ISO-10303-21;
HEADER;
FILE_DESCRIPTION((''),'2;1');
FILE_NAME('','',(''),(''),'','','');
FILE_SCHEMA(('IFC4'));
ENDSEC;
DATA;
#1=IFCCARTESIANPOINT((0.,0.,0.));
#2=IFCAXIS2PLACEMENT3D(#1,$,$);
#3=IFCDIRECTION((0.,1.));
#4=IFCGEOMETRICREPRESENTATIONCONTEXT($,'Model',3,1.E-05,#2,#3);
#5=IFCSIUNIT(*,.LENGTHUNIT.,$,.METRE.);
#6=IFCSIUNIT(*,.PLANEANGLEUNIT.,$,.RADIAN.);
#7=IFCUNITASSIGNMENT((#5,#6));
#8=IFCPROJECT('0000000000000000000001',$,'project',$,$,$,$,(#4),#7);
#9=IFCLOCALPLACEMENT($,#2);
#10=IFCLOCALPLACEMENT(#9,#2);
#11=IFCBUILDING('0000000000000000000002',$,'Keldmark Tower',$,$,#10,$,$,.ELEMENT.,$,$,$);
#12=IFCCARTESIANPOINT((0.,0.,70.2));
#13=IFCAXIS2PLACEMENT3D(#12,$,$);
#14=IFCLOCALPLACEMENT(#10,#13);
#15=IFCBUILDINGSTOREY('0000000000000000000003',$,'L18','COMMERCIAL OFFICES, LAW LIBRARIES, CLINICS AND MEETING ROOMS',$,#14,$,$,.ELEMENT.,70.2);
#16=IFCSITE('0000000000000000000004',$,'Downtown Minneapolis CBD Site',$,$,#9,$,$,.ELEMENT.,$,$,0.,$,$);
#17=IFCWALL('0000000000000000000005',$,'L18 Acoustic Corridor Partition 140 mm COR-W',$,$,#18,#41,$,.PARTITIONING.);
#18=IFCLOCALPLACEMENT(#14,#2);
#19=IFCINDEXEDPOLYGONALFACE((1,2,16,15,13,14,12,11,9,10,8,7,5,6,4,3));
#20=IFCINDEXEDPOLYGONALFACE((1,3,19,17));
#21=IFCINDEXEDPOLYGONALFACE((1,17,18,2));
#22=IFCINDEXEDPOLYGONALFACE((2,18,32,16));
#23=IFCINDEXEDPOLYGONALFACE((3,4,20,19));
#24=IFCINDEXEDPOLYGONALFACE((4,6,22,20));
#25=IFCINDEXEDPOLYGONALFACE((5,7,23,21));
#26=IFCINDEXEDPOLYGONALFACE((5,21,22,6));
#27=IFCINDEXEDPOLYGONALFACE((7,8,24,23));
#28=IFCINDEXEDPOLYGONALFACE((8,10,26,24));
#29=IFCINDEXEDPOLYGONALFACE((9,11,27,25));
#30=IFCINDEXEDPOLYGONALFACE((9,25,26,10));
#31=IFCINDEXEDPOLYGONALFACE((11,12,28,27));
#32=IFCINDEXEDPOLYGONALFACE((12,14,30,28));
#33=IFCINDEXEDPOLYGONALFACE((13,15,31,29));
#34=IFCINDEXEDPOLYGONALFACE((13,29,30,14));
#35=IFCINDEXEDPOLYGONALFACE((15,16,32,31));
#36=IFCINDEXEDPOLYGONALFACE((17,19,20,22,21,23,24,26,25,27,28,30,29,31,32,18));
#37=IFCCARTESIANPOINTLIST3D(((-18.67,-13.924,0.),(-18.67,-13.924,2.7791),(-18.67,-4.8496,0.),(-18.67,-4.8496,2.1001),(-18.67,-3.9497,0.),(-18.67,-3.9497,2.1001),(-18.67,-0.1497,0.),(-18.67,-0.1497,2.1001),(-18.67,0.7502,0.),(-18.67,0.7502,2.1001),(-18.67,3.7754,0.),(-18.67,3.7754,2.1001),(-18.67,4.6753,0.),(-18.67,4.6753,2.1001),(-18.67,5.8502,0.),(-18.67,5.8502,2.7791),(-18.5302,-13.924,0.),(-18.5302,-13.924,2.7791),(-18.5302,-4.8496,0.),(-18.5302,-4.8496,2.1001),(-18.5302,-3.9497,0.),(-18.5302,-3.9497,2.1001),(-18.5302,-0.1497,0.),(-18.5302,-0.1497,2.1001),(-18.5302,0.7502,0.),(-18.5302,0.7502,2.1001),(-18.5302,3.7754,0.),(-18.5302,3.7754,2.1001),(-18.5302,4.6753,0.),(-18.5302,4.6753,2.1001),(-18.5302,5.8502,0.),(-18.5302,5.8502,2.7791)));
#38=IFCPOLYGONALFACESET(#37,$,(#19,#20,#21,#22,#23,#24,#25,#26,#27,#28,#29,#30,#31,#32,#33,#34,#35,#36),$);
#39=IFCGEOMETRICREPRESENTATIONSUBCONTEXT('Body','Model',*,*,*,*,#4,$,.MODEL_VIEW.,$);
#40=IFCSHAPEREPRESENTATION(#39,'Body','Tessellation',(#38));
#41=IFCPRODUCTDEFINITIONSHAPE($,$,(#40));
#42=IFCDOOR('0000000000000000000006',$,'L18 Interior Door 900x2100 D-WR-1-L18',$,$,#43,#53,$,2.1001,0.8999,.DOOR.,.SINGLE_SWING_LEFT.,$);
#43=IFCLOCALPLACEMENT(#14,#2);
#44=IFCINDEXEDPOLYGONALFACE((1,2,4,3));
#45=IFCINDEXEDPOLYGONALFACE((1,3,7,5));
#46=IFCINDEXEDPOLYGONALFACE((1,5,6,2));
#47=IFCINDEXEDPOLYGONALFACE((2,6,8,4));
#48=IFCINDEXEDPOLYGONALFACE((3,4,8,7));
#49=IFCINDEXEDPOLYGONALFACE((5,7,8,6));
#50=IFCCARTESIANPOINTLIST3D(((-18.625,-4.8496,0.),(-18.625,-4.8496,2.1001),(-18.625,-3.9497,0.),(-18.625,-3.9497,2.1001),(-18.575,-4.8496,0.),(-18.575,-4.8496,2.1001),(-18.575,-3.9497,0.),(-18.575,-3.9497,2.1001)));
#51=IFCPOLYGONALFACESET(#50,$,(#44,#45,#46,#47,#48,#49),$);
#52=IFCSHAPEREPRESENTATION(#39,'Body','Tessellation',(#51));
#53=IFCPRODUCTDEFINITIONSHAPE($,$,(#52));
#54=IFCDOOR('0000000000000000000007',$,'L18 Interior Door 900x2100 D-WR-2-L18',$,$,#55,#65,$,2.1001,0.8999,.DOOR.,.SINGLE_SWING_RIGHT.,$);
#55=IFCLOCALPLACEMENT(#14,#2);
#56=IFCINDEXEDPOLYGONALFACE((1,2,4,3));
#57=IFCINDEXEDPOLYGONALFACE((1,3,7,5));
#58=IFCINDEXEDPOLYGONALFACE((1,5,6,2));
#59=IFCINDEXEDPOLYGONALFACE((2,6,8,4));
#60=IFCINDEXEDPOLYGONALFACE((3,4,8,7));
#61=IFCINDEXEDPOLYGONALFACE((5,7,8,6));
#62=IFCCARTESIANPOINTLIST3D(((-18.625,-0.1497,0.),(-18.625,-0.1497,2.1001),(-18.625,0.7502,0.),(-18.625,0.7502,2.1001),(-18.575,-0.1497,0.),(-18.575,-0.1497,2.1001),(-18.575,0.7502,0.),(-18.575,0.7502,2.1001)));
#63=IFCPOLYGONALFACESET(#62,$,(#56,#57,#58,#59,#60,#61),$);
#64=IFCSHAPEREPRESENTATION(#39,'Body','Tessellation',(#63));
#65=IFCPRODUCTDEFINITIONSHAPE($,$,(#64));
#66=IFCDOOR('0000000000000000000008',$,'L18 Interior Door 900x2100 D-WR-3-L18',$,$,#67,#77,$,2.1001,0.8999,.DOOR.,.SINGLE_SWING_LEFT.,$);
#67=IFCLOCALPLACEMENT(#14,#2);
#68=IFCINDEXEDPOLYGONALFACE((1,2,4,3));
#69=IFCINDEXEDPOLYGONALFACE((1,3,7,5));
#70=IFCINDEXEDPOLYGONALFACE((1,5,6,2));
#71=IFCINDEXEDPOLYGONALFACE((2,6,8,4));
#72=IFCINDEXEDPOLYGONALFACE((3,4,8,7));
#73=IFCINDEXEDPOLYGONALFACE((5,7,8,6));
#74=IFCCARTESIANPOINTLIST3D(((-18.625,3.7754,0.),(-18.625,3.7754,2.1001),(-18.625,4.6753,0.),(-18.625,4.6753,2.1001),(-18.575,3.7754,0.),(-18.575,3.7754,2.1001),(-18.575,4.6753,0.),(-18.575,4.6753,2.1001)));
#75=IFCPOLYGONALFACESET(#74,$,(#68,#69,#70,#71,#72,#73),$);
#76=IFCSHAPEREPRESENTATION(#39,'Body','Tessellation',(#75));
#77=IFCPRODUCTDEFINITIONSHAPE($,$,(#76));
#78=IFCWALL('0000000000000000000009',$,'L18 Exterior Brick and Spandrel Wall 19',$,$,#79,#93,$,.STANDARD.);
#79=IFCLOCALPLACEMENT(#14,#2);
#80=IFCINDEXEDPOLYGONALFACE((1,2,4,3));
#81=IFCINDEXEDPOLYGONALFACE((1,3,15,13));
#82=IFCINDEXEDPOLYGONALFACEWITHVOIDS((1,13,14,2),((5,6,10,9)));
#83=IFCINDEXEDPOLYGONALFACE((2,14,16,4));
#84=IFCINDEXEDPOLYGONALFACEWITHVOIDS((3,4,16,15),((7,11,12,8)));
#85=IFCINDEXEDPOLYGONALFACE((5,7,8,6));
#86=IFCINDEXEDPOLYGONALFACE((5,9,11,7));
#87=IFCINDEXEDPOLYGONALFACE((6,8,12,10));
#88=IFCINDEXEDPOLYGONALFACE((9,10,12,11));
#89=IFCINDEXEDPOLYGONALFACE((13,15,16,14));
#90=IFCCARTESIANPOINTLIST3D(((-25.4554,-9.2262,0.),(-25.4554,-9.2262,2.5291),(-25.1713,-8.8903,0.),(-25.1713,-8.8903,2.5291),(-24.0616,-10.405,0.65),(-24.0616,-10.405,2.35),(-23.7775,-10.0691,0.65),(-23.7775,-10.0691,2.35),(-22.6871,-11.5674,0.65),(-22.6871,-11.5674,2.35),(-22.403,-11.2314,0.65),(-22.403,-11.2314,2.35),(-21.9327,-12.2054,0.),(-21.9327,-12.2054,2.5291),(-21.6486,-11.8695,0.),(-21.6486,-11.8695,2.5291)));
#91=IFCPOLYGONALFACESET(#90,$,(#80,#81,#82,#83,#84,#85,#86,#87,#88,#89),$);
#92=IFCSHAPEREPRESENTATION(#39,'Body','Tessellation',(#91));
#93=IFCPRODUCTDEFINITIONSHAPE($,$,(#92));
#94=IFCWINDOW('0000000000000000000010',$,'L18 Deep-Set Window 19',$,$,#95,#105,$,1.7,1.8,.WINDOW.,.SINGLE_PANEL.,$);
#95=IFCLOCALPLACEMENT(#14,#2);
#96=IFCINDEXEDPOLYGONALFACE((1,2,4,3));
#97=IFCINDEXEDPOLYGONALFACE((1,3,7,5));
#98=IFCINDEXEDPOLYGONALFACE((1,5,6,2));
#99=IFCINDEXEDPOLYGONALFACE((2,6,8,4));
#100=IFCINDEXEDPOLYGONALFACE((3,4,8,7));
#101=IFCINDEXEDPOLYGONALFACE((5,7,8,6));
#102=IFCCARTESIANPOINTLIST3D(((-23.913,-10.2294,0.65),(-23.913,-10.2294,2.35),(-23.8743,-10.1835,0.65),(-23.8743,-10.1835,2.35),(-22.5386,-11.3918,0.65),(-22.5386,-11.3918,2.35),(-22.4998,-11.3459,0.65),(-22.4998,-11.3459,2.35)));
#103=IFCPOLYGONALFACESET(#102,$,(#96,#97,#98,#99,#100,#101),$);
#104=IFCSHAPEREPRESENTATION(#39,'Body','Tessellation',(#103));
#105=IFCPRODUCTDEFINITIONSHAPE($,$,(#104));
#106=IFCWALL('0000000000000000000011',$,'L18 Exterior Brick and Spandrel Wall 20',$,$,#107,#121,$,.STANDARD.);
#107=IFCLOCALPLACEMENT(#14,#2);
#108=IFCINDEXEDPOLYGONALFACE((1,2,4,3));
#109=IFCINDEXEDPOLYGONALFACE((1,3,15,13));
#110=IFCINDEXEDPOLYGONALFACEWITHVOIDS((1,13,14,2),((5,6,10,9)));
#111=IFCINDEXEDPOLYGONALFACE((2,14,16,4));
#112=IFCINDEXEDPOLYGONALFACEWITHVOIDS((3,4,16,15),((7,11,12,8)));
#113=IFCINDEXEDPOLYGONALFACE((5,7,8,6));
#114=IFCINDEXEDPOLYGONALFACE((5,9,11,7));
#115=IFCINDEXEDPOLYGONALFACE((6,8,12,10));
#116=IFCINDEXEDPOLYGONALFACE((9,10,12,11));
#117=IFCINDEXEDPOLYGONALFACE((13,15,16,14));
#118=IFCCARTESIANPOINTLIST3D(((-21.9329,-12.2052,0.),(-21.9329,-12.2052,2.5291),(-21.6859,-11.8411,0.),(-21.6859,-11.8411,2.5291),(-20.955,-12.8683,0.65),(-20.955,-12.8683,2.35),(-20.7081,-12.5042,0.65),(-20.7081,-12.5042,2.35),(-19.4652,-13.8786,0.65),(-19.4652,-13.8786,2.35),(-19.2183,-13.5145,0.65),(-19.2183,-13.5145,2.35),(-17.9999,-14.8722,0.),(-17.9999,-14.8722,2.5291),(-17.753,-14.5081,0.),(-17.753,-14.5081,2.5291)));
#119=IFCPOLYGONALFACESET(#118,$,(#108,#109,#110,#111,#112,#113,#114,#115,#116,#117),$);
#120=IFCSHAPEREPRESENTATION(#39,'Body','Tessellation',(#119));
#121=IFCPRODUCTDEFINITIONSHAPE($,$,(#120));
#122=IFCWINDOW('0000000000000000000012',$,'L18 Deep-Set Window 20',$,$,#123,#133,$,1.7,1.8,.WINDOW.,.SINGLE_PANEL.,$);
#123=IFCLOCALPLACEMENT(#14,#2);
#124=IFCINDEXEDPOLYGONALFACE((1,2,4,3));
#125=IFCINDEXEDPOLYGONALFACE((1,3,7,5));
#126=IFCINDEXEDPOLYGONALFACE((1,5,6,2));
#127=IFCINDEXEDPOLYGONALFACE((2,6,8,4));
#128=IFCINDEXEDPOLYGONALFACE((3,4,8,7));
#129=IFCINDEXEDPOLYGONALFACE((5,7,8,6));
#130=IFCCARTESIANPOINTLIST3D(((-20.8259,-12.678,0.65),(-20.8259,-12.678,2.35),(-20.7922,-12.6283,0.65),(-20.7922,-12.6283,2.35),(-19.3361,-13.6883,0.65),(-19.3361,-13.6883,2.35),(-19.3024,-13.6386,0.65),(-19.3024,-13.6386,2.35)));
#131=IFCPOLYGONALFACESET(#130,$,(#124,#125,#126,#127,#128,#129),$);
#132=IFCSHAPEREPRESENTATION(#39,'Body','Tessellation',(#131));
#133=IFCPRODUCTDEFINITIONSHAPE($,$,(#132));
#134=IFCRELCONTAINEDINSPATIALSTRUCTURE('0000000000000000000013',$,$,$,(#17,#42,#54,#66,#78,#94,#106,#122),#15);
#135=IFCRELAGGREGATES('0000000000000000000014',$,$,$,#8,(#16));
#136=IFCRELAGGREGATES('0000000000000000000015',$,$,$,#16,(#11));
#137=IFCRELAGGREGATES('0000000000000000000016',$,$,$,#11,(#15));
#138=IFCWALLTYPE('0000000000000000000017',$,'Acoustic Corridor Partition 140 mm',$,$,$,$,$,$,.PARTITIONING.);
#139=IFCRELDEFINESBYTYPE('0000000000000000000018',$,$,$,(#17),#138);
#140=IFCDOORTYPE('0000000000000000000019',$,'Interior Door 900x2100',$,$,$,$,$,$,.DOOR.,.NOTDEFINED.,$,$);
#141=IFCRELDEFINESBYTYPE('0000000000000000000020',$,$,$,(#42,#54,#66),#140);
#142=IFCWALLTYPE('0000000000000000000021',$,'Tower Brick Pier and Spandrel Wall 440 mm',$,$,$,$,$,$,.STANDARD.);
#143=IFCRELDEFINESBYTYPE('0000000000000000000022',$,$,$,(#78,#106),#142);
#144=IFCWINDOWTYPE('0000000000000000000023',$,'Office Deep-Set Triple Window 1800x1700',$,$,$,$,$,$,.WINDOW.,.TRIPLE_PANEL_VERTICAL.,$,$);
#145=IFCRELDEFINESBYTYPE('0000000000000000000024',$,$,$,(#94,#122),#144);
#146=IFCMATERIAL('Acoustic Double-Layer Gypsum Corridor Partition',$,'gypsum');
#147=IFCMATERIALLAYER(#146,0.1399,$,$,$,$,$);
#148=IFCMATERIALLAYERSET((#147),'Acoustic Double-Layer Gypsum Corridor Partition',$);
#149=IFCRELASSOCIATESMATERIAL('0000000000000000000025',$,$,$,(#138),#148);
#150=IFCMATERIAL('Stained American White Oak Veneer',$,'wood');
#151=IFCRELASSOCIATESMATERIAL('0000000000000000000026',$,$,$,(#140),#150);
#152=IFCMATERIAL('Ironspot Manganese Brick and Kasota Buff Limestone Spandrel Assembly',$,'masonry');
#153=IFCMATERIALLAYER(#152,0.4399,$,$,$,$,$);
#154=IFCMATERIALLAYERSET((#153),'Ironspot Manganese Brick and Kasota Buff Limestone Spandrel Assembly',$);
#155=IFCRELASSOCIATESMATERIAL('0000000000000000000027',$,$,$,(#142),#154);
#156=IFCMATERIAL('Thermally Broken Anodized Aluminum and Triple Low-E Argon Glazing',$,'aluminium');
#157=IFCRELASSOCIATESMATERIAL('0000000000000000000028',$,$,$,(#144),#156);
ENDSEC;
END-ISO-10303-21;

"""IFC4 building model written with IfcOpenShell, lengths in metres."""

from ifc_helpers import new_model, si_unit, direction, frame, frame_2d, origin, place, context, subcontext, project, spatial, rectangle, extrude, material, layer, layer_set, type_object, element, fill, save


model = new_model("IFC4")

# Units and contexts
model_context = context("Model", 3, precision=1e-05, world=origin(), true_north=direction((0.0, 1.0)))
body_context = subcontext(model_context, "Body", "Model", "MODEL_VIEW")
ifc_project = project(units=[si_unit("LENGTHUNIT", "METRE"), si_unit("PLANEANGLEUNIT", "RADIAN")], contexts=[model_context])

# Site, building, storey
site_placement = place(None, origin())
site = spatial("IfcSite", under=ifc_project, at=site_placement, Name="Downtown Minneapolis CBD Site", CompositionType="ELEMENT", RefElevation=0.0)
building_placement = place(site_placement, origin())
building = spatial("IfcBuilding", under=site, at=building_placement, Name="Keldmark Tower", CompositionType="ELEMENT")
storey_placement = place(building_placement, frame((0.0, 0.0, 70.2)))
storey = spatial("IfcBuildingStorey", under=building, at=storey_placement, Name="L18", Description="COMMERCIAL OFFICES, LAW LIBRARIES, CLINICS AND MEETING ROOMS", CompositionType="ELEMENT", Elevation=70.2)

# Wall, openings, doors
ifc_material_1 = material(Name="Acoustic Double-Layer Gypsum Corridor Partition", Category="gypsum")
ifc_layer_1 = layer(ifc_material_1, 0.1399)
ifc_layer_set_1 = layer_set([ifc_layer_1], Name="Acoustic Double-Layer Gypsum Corridor Partition")
wall_type_1 = type_object("IfcWallType", Name="Acoustic Corridor Partition 140 mm", PredefinedType="PARTITIONING", material=ifc_layer_set_1)
ifc_material_2 = material(Name="Stained American White Oak Veneer", Category="wood")
door_type_1 = type_object("IfcDoorType", Name="Interior Door 900x2100", OperationType="NOTDEFINED", PredefinedType="DOOR", material=ifc_material_2)
wall_1_placement = place(storey_placement, frame((-18.6001, -13.9241, 0.0), z_axis=(0.0, 0.0, 1.0), x_axis=(0.0, 1.0, 0.0)))
wall_1 = element("IfcWall", 1, at=wall_1_placement, inside=storey, type_object=wall_type_1, Name="L18 Acoustic Corridor Partition 140 mm COR-W", PredefinedType="PARTITIONING", context=body_context, shape_type="SweptSolid", body=[
    extrude(rectangle(XDim=19.7742, YDim=0.1399, at=frame_2d((9.8872, 0.0))), origin(), (0.0, 0.0, 1.0), 2.7791),
])
opening_1_placement = place(wall_1_placement, frame((9.0745, 0.0, 0.0)))
opening_1 = element("IfcOpeningElement", 2, at=opening_1_placement, cuts=wall_1, PredefinedType="OPENING", context=body_context, shape_type="SweptSolid", body=[
    extrude(rectangle(XDim=0.8999, YDim=2.1001, at=frame_2d((0.45, 1.05))), frame((0.0, 0.0798, 0.0), z_axis=(0.0, -1.0, 0.0), x_axis=(1.0, 0.0, 0.0)), (0.0, 0.0, 1.0), 0.1599),
])
opening_2_placement = place(wall_1_placement, frame((13.7744, 0.0, 0.0)))
opening_2 = element("IfcOpeningElement", 3, at=opening_2_placement, cuts=wall_1, PredefinedType="OPENING", context=body_context, shape_type="SweptSolid", body=[
    extrude(rectangle(XDim=0.8999, YDim=2.1001, at=frame_2d((0.45, 1.05))), frame((0.0, 0.0798, 0.0), z_axis=(0.0, -1.0, 0.0), x_axis=(1.0, 0.0, 0.0)), (0.0, 0.0, 1.0), 0.1599),
])
opening_3_placement = place(wall_1_placement, frame((17.6995, 0.0, 0.0)))
opening_3 = element("IfcOpeningElement", 4, at=opening_3_placement, cuts=wall_1, PredefinedType="OPENING", context=body_context, shape_type="SweptSolid", body=[
    extrude(rectangle(XDim=0.8999, YDim=2.1001, at=frame_2d((0.45, 1.05))), frame((0.0, 0.0798, 0.0), z_axis=(0.0, -1.0, 0.0), x_axis=(1.0, 0.0, 0.0)), (0.0, 0.0, 1.0), 0.1599),
])
door_1_placement = place(opening_1_placement, origin())
door_1 = element("IfcDoor", 5, at=door_1_placement, inside=storey, type_object=door_type_1, Name="L18 Interior Door 900x2100 D-WR-1-L18", OperationType="SINGLE_SWING_LEFT", OverallHeight=2.1001, OverallWidth=0.8999, PredefinedType="DOOR", context=body_context, shape_type="SweptSolid", body=[
    extrude(rectangle(XDim=0.8999, YDim=2.1001, at=frame_2d((0.45, 1.05))), frame((0.0, 0.0249, 0.0), z_axis=(0.0, -1.0, 0.0), x_axis=(1.0, 0.0, 0.0)), (0.0, 0.0, 1.0), 0.05),
])
fill(opening_1, door_1)
door_2_placement = place(opening_2_placement, origin())
door_2 = element("IfcDoor", 6, at=door_2_placement, inside=storey, type_object=door_type_1, Name="L18 Interior Door 900x2100 D-WR-2-L18", OperationType="SINGLE_SWING_RIGHT", OverallHeight=2.1001, OverallWidth=0.8999, PredefinedType="DOOR", context=body_context, shape_type="SweptSolid", body=[
    extrude(rectangle(XDim=0.8999, YDim=2.1001, at=frame_2d((0.45, 1.05))), frame((0.0, 0.0249, 0.0), z_axis=(0.0, -1.0, 0.0), x_axis=(1.0, 0.0, 0.0)), (0.0, 0.0, 1.0), 0.05),
])
fill(opening_2, door_2)
door_3_placement = place(opening_3_placement, origin())
door_3 = element("IfcDoor", 7, at=door_3_placement, inside=storey, type_object=door_type_1, Name="L18 Interior Door 900x2100 D-WR-3-L18", OperationType="SINGLE_SWING_LEFT", OverallHeight=2.1001, OverallWidth=0.8999, PredefinedType="DOOR", context=body_context, shape_type="SweptSolid", body=[
    extrude(rectangle(XDim=0.8999, YDim=2.1001, at=frame_2d((0.45, 1.05))), frame((0.0, 0.0249, 0.0), z_axis=(0.0, -1.0, 0.0), x_axis=(1.0, 0.0, 0.0)), (0.0, 0.0, 1.0), 0.05),
])
fill(opening_3, door_3)

# Walls, openings, windows
ifc_material_3 = material(Name="Ironspot Manganese Brick and Kasota Buff Limestone Spandrel Assembly", Category="masonry")
ifc_layer_2 = layer(ifc_material_3, 0.4399)
ifc_layer_set_2 = layer_set([ifc_layer_2], Name="Ironspot Manganese Brick and Kasota Buff Limestone Spandrel Assembly")
wall_type_2 = type_object("IfcWallType", Name="Tower Brick Pier and Spandrel Wall 440 mm", PredefinedType="STANDARD", material=ifc_layer_set_2)
wall_2_placement = place(storey_placement, frame((-21.7908, -12.0374, 0.0), z_axis=(0.0, 0.0, 1.0), x_axis=(-0.763547, 0.645752, 0.0)))
wall_2 = element("IfcWall", 8, at=wall_2_placement, inside=storey, type_object=wall_type_2, Name="L18 Exterior Brick and Spandrel Wall 19", PredefinedType="STANDARD", context=body_context, shape_type="SweptSolid", body=[
    extrude(rectangle(XDim=4.6135, YDim=0.4399, at=frame_2d((2.3066, 0.0))), origin(), (0.0, 0.0, 1.0), 2.5291),
])
opening_4_placement = place(wall_2_placement, frame((0.988, 0.0, 0.6499)))
opening_4 = element("IfcOpeningElement", 9, at=opening_4_placement, cuts=wall_2, PredefinedType="OPENING", context=body_context, shape_type="SweptSolid", body=[
    extrude(rectangle(XDim=1.8, YDim=1.7, at=frame_2d((0.8999, 0.8501))), frame((0.0, 0.23, 0.0), z_axis=(0.0, -1.0, 0.0), x_axis=(1.0, 0.0, 0.0)), (0.0, 0.0, 1.0), 0.46),
])
ifc_material_4 = material(Name="Thermally Broken Anodized Aluminum and Triple Low-E Argon Glazing", Category="aluminium")
window_type = type_object("IfcWindowType", Name="Office Deep-Set Triple Window 1800x1700", PartitioningType="TRIPLE_PANEL_VERTICAL", PredefinedType="WINDOW", material=ifc_material_4)
window_1_placement = place(opening_4_placement, origin())
window_1 = element("IfcWindow", 10, at=window_1_placement, inside=storey, type_object=window_type, Name="L18 Deep-Set Window 19", OverallHeight=1.7, OverallWidth=1.8, PartitioningType="SINGLE_PANEL", PredefinedType="WINDOW", context=body_context, shape_type="SweptSolid", body=[
    extrude(rectangle(XDim=1.8, YDim=1.7, at=frame_2d((0.8999, 0.8501))), frame((0.0, -0.01, 0.0), z_axis=(0.0, -1.0, 0.0), x_axis=(1.0, 0.0, 0.0)), (0.0, 0.0, 1.0), 0.0601),
])
fill(opening_4, window_1)
wall_3_placement = place(storey_placement, frame((-17.8765, -14.6902, 0.0), z_axis=(0.0, 0.0, 1.0), x_axis=(-0.827645, 0.561251, 0.0)))
wall_3 = element("IfcWall", 11, at=wall_3_placement, inside=storey, type_object=wall_type_2, Name="L18 Exterior Brick and Spandrel Wall 20", PredefinedType="STANDARD", context=body_context, shape_type="SweptSolid", body=[
    extrude(rectangle(XDim=4.752, YDim=0.4399, at=frame_2d((2.376, 0.0))), origin(), (0.0, 0.0, 1.0), 2.5291),
])
opening_5_placement = place(wall_3_placement, frame((1.7705, 0.0, 0.6499)))
opening_5 = element("IfcOpeningElement", 12, at=opening_5_placement, cuts=wall_3, PredefinedType="OPENING", context=body_context, shape_type="SweptSolid", body=[
    extrude(rectangle(XDim=1.8, YDim=1.7, at=frame_2d((0.8999, 0.8501))), frame((0.0, 0.23, 0.0), z_axis=(0.0, -1.0, 0.0), x_axis=(1.0, 0.0, 0.0)), (0.0, 0.0, 1.0), 0.46),
])
window_2_placement = place(opening_5_placement, origin())
window_2 = element("IfcWindow", 13, at=window_2_placement, inside=storey, type_object=window_type, Name="L18 Deep-Set Window 20", OverallHeight=1.7, OverallWidth=1.8, PartitioningType="SINGLE_PANEL", PredefinedType="WINDOW", context=body_context, shape_type="SweptSolid", body=[
    extrude(rectangle(XDim=1.8, YDim=1.7, at=frame_2d((0.8999, 0.8501))), frame((0.0, -0.01, 0.0), z_axis=(0.0, -1.0, 0.0), x_axis=(1.0, 0.0, 0.0)), (0.0, 0.0, 1.0), 0.0601),
])
fill(opening_5, window_2)

save(model, "model.ifc")
